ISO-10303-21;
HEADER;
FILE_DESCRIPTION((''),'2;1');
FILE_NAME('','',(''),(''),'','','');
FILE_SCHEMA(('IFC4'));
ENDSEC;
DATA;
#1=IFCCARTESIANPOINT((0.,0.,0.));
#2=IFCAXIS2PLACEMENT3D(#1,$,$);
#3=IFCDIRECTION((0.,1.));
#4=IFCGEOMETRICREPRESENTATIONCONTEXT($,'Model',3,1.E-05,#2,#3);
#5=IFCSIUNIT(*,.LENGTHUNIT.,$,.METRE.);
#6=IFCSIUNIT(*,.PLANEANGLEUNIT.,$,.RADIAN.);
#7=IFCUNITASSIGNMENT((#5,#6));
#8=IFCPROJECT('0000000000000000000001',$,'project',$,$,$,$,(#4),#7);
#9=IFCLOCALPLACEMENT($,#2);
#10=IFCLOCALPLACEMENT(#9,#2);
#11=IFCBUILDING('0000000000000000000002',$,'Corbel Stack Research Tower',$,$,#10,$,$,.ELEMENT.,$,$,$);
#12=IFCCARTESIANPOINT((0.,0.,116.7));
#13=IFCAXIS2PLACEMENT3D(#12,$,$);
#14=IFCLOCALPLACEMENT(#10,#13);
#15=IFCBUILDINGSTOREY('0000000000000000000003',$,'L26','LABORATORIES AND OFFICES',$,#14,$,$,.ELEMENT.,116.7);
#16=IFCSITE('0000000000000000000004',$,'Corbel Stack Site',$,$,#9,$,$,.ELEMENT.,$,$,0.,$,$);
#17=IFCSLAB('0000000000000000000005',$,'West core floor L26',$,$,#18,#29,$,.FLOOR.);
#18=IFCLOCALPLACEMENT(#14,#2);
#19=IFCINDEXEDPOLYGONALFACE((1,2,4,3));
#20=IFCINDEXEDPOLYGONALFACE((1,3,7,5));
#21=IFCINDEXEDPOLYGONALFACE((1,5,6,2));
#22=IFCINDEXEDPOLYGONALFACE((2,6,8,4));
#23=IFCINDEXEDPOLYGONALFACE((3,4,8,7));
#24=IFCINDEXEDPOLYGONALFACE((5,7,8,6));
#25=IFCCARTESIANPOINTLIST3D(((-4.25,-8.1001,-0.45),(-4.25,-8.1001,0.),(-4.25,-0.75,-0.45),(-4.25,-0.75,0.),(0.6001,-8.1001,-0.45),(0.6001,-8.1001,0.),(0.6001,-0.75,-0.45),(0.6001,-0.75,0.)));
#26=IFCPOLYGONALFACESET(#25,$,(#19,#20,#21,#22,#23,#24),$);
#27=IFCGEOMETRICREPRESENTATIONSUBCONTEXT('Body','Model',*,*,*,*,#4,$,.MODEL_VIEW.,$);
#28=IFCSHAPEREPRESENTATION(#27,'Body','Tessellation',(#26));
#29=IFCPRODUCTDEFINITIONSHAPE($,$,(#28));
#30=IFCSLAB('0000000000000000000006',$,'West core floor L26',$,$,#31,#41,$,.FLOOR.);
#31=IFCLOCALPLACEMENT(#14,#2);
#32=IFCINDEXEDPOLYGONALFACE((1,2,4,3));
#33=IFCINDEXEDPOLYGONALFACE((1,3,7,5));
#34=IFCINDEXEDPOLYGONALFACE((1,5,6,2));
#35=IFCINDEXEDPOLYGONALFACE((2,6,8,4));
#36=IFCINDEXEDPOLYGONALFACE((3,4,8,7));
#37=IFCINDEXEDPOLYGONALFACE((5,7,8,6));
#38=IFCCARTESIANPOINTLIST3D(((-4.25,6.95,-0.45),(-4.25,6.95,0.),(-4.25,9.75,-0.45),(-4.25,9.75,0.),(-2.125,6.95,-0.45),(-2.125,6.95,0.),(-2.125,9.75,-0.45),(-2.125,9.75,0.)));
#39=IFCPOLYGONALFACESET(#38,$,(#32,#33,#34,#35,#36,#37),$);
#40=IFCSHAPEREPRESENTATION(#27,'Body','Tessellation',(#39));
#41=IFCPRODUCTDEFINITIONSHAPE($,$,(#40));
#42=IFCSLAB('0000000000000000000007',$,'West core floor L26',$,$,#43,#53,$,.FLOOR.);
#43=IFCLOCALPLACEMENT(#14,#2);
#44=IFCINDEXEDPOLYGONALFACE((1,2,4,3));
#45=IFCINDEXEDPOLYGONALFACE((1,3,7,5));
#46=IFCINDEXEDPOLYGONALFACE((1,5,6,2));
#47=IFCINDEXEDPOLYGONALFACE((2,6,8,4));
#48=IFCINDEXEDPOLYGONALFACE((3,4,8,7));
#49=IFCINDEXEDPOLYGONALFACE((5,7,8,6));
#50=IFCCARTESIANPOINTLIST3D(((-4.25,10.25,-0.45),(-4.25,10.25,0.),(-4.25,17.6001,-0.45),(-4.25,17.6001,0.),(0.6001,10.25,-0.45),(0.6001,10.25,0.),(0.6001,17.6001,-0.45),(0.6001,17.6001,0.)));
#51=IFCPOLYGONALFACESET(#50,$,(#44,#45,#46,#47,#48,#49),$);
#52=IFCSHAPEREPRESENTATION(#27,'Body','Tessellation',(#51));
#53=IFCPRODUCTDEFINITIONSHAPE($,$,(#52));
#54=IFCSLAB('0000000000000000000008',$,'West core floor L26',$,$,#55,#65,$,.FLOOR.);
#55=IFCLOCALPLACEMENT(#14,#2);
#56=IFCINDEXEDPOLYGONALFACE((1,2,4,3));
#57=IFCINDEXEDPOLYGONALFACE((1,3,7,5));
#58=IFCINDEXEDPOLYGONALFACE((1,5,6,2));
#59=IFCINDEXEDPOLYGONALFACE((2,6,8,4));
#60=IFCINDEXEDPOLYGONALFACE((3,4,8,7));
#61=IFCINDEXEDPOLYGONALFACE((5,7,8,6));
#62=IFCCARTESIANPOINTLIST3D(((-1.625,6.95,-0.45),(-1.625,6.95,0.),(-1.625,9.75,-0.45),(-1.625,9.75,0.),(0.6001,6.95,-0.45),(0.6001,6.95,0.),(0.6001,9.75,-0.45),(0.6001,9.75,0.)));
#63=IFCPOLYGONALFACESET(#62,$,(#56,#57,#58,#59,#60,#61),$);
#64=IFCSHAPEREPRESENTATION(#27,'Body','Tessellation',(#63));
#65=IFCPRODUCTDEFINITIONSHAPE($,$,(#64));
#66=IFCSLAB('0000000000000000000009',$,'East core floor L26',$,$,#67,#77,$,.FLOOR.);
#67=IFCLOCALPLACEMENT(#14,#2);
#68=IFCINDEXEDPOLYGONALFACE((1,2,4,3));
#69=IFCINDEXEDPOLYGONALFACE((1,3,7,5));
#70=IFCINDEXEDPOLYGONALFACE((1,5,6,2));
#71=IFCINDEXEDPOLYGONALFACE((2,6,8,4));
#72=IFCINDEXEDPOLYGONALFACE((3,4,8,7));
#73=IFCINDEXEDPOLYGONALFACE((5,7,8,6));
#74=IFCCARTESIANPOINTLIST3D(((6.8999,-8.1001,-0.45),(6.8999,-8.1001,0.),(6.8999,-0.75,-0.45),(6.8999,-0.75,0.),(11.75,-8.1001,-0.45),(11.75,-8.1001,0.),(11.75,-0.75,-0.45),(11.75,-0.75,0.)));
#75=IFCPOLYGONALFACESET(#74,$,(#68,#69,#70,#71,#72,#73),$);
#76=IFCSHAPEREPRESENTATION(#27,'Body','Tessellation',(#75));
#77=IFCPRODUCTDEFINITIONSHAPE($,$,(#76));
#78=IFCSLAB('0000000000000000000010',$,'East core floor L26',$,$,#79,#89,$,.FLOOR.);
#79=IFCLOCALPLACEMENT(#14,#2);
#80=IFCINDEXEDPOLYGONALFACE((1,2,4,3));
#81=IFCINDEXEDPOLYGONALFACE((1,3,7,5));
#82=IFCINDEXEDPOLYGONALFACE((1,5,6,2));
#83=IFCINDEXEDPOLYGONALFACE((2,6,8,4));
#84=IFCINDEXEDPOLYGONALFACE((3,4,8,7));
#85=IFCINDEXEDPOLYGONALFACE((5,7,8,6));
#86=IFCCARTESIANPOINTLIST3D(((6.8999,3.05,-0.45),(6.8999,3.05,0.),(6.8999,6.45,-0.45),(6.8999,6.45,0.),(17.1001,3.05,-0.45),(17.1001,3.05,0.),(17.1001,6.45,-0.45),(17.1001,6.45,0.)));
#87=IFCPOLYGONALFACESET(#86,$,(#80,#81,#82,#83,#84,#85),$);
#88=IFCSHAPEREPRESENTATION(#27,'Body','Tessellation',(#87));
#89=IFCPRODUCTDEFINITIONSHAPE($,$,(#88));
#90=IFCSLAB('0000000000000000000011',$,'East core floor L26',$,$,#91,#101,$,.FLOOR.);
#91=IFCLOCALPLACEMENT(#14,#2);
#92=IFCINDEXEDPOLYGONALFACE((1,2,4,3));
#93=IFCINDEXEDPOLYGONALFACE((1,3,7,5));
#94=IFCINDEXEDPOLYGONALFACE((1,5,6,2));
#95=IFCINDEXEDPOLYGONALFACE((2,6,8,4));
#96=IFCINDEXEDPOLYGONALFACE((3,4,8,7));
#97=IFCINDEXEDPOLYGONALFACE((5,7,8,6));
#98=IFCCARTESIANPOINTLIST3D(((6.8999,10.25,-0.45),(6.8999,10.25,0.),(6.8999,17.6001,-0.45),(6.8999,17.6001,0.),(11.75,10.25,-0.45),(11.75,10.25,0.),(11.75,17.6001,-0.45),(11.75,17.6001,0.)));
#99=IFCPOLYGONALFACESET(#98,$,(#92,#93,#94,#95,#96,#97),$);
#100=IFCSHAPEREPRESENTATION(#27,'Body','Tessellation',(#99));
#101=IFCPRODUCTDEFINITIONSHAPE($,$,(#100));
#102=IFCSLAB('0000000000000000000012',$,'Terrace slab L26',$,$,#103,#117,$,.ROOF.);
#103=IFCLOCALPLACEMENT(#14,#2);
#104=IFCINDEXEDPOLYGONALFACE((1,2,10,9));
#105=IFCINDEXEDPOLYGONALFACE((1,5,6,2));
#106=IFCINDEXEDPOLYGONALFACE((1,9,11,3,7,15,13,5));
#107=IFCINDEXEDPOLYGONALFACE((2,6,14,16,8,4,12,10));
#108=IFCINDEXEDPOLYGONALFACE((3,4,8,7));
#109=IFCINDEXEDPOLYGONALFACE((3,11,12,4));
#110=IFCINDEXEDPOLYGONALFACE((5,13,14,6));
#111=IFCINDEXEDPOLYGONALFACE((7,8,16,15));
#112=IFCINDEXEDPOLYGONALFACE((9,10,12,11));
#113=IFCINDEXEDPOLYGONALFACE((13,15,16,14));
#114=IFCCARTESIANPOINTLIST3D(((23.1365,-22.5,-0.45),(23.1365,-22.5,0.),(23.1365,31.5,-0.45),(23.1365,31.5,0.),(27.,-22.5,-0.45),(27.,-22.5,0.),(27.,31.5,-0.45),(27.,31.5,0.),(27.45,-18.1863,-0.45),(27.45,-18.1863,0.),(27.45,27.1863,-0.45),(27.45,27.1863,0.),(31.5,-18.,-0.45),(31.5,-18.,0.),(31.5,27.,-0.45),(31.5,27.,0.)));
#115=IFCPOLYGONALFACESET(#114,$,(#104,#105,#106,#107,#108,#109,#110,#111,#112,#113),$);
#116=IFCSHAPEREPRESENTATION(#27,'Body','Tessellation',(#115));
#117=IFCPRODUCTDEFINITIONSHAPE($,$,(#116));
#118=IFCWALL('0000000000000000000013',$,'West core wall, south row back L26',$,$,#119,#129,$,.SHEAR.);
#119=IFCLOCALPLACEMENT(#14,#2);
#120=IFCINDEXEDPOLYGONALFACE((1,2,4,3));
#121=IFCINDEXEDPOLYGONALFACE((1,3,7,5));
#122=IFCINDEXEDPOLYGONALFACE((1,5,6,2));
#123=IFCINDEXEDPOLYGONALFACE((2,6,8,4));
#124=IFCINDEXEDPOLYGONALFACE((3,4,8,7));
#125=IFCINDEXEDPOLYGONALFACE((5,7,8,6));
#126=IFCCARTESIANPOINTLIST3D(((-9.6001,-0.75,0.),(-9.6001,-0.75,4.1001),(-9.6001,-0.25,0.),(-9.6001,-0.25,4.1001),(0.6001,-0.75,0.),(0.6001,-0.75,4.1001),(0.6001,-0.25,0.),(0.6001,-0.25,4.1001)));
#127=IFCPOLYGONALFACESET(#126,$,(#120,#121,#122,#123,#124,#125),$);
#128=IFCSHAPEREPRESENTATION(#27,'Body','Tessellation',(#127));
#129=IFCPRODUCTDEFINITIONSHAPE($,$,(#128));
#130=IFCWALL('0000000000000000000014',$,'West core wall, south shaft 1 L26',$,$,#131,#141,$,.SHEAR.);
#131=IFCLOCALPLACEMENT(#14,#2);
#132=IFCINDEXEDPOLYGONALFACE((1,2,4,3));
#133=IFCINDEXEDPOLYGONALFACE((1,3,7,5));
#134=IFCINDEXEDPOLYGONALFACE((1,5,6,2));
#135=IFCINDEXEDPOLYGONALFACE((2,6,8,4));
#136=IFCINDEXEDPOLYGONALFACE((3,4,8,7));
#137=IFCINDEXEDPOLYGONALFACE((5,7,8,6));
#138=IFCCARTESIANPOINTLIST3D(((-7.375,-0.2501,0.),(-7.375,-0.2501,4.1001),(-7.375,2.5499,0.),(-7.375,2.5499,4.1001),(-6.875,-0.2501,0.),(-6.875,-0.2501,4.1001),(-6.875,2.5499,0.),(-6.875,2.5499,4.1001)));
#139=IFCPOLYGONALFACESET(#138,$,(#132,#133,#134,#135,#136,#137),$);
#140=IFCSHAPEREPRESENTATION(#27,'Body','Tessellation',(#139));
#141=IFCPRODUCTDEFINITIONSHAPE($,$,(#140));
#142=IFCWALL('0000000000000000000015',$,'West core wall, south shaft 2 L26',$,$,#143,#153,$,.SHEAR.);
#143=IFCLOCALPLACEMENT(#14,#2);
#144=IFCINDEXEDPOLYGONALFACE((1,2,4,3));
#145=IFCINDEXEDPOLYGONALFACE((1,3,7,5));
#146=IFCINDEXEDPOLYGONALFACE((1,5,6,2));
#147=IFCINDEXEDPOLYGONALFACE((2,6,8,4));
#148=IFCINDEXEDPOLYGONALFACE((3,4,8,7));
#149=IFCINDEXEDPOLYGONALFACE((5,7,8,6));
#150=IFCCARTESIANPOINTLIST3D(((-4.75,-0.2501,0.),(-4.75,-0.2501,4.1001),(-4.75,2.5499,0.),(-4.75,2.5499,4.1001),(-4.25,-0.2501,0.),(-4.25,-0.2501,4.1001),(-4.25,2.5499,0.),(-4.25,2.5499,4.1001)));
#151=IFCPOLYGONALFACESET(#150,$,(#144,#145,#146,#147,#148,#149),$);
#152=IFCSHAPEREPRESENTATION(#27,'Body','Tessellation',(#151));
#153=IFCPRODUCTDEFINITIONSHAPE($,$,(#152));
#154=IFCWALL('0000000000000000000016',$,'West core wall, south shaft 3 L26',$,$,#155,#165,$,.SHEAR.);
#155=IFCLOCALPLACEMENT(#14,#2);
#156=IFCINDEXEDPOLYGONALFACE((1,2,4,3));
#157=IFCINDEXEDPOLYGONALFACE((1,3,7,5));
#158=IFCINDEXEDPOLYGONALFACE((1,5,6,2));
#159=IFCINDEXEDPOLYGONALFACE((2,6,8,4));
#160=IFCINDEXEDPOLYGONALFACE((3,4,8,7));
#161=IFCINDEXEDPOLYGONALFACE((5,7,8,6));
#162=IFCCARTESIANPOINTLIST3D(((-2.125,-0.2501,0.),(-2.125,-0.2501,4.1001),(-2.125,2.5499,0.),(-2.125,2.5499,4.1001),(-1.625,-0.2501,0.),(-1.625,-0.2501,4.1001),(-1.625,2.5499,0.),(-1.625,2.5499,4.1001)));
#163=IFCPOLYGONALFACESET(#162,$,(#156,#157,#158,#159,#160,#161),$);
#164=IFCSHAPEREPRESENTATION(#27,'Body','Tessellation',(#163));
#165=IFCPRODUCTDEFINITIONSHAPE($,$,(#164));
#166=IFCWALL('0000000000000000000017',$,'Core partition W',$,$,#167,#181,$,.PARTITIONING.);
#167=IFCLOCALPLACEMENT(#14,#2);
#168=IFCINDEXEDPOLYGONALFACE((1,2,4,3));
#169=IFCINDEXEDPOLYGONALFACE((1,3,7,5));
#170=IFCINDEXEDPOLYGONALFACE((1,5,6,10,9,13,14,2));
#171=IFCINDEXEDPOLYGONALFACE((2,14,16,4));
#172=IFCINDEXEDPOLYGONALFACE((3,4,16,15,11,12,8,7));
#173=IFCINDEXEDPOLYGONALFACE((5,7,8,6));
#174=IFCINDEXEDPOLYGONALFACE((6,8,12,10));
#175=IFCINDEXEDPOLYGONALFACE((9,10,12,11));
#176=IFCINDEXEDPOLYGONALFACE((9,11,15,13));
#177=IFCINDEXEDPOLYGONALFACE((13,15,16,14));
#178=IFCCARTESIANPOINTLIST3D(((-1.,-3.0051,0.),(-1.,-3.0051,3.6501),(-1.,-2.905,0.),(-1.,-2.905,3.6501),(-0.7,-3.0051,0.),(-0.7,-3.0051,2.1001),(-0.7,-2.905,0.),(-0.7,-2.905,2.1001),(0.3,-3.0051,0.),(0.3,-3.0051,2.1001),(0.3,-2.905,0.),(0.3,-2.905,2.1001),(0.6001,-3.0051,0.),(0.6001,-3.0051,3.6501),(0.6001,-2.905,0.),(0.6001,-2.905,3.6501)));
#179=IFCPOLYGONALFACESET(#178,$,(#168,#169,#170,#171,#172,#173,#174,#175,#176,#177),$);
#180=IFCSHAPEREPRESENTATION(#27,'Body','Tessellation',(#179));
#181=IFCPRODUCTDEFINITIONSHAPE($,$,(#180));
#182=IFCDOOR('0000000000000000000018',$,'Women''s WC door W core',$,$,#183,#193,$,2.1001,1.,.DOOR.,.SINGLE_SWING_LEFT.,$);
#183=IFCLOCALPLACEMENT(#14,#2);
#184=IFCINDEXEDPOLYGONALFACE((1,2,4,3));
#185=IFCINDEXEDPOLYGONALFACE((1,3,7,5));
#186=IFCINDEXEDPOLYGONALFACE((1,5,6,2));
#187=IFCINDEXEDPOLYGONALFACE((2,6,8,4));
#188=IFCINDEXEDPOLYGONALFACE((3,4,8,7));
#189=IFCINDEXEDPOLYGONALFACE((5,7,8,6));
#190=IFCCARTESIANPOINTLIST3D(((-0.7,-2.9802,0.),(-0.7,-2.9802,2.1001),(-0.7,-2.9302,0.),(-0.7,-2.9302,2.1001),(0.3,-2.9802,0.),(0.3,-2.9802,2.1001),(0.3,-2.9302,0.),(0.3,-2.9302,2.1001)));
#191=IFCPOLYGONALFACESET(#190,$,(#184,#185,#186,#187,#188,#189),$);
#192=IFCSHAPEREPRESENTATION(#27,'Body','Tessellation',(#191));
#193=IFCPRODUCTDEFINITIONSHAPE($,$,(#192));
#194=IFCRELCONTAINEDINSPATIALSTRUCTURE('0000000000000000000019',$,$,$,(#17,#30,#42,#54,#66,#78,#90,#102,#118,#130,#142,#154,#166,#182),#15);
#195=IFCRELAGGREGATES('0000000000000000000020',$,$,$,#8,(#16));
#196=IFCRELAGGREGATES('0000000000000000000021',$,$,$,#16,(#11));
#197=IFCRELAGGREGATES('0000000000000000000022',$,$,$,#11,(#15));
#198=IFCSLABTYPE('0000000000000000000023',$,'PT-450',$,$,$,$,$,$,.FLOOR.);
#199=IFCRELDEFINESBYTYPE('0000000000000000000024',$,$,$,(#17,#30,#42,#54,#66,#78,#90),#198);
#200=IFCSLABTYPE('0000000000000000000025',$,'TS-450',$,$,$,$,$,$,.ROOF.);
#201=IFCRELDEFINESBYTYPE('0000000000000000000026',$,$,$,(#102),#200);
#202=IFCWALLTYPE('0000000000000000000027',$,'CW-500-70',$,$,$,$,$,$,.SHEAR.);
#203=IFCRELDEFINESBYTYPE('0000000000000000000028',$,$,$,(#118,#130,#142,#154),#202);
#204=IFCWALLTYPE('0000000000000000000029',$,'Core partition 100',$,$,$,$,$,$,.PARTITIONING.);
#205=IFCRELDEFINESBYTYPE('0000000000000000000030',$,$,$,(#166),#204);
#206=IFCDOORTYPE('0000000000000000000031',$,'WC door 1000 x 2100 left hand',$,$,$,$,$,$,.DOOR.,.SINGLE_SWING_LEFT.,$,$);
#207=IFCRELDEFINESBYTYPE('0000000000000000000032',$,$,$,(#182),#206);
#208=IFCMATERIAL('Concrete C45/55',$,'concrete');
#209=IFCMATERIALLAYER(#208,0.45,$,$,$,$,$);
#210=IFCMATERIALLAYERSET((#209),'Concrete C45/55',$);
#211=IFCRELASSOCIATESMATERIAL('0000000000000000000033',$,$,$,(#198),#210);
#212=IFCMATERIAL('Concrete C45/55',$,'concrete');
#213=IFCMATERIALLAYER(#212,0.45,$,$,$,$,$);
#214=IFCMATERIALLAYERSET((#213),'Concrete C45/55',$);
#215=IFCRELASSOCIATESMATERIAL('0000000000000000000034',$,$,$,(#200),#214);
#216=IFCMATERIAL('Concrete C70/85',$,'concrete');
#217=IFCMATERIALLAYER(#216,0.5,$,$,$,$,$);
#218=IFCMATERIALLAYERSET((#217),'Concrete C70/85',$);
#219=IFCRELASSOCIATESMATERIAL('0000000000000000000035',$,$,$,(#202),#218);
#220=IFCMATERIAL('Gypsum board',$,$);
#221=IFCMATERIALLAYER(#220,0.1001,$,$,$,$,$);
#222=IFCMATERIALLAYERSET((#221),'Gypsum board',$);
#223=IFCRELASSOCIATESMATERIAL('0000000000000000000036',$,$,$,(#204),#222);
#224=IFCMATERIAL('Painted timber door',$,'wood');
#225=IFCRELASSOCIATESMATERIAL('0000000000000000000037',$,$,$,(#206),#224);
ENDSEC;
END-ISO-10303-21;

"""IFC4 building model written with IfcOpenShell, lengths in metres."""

from ifc_helpers import new_model, si_unit, direction, frame, frame_2d, origin, place, context, subcontext, project, spatial, polyline, rectangle, outline, extrude, material, layer, layer_set, type_object, element, fill, save


model = new_model("IFC4")

# Units and contexts
model_context = context("Model", 3, precision=1e-05, world=origin(), true_north=direction((0.0, 1.0)))
body_context = subcontext(model_context, "Body", "Model", "MODEL_VIEW")
ifc_project = project(units=[si_unit("LENGTHUNIT", "METRE"), si_unit("PLANEANGLEUNIT", "RADIAN")], contexts=[model_context])

# Site, building, storey
site_placement = place(None, origin())
site = spatial("IfcSite", under=ifc_project, at=site_placement, Name="Corbel Stack Site", CompositionType="ELEMENT", RefElevation=0.0)
building_placement = place(site_placement, origin())
building = spatial("IfcBuilding", under=site, at=building_placement, Name="Corbel Stack Research Tower", CompositionType="ELEMENT")
storey_placement = place(building_placement, frame((0.0, 0.0, 116.7)))
storey = spatial("IfcBuildingStorey", under=building, at=storey_placement, Name="L26", Description="LABORATORIES AND OFFICES", CompositionType="ELEMENT", Elevation=116.7)

# Slabs
ifc_material_1 = material(Name="Concrete C45/55", Category="concrete")
ifc_layer_1 = layer(ifc_material_1, 0.45)
ifc_layer_set_1 = layer_set([ifc_layer_1], Name="Concrete C45/55")
slab_type_1 = type_object("IfcSlabType", Name="PT-450", PredefinedType="FLOOR", material=ifc_layer_set_1)
slab_1_placement = place(storey_placement, frame((0.0, 0.0, -0.45)))
element("IfcSlab", 1, at=slab_1_placement, inside=storey, type_object=slab_type_1, Name="West core floor L26", PredefinedType="FLOOR", context=body_context, shape_type="SweptSolid", body=[
    extrude(outline(polyline([(0.6001, -8.1001), (0.6001, -0.75), (-4.25, -0.75), (-4.25, -8.1001), (0.6001, -8.1001)])), origin(), (0.0, 0.0, 1.0), 0.45),
])
slab_2_placement = place(storey_placement, frame((0.0, 0.0, -0.45)))
element("IfcSlab", 2, at=slab_2_placement, inside=storey, type_object=slab_type_1, Name="West core floor L26", PredefinedType="FLOOR", context=body_context, shape_type="SweptSolid", body=[
    extrude(outline(polyline([(-2.125, 6.95), (-2.125, 9.75), (-4.25, 9.75), (-4.25, 6.95), (-2.125, 6.95)])), origin(), (0.0, 0.0, 1.0), 0.45),
])
slab_3_placement = place(storey_placement, frame((0.0, 0.0, -0.45)))
element("IfcSlab", 3, at=slab_3_placement, inside=storey, type_object=slab_type_1, Name="West core floor L26", PredefinedType="FLOOR", context=body_context, shape_type="SweptSolid", body=[
    extrude(outline(polyline([(0.6001, 17.6001), (-4.25, 17.6001), (-4.25, 10.25), (0.6001, 10.25), (0.6001, 17.6001)])), origin(), (0.0, 0.0, 1.0), 0.45),
])
slab_4_placement = place(storey_placement, frame((0.0, 0.0, -0.45)))
element("IfcSlab", 4, at=slab_4_placement, inside=storey, type_object=slab_type_1, Name="West core floor L26", PredefinedType="FLOOR", context=body_context, shape_type="SweptSolid", body=[
    extrude(outline(polyline([(0.6001, 9.75), (-1.625, 9.75), (-1.625, 6.95), (0.6001, 6.95), (0.6001, 9.75)])), origin(), (0.0, 0.0, 1.0), 0.45),
])
slab_5_placement = place(storey_placement, frame((0.0, 0.0, -0.45)))
element("IfcSlab", 5, at=slab_5_placement, inside=storey, type_object=slab_type_1, Name="East core floor L26", PredefinedType="FLOOR", context=body_context, shape_type="SweptSolid", body=[
    extrude(outline(polyline([(11.75, -0.75), (6.8999, -0.75), (6.8999, -8.1001), (11.75, -8.1001), (11.75, -0.75)])), origin(), (0.0, 0.0, 1.0), 0.45),
])
slab_6_placement = place(storey_placement, frame((0.0, 0.0, -0.45)))
element("IfcSlab", 6, at=slab_6_placement, inside=storey, type_object=slab_type_1, Name="East core floor L26", PredefinedType="FLOOR", context=body_context, shape_type="SweptSolid", body=[
    extrude(outline(polyline([(6.8999, 6.45), (6.8999, 3.05), (17.1001, 3.05), (17.1001, 6.45), (6.8999, 6.45)])), origin(), (0.0, 0.0, 1.0), 0.45),
])
slab_7_placement = place(storey_placement, frame((0.0, 0.0, -0.45)))
element("IfcSlab", 7, at=slab_7_placement, inside=storey, type_object=slab_type_1, Name="East core floor L26", PredefinedType="FLOOR", context=body_context, shape_type="SweptSolid", body=[
    extrude(outline(polyline([(6.8999, 17.6001), (6.8999, 10.25), (11.75, 10.25), (11.75, 17.6001), (6.8999, 17.6001)])), origin(), (0.0, 0.0, 1.0), 0.45),
])
ifc_material_2 = material(Name="Concrete C45/55", Category="concrete")
ifc_layer_2 = layer(ifc_material_2, 0.45)
ifc_layer_set_2 = layer_set([ifc_layer_2], Name="Concrete C45/55")
slab_type_2 = type_object("IfcSlabType", Name="TS-450", PredefinedType="ROOF", material=ifc_layer_set_2)
slab_8_placement = place(storey_placement, frame((0.0, 0.0, -0.45)))
element("IfcSlab", 8, at=slab_8_placement, inside=storey, type_object=slab_type_2, Name="Terrace slab L26", PredefinedType="ROOF", context=body_context, shape_type="SweptSolid", body=[
    extrude(outline(polyline([(23.1365, 31.5), (27.45, 27.1863), (27.45, -18.1863), (23.1365, -22.5), (27.0, -22.5), (31.5, -18.0), (31.5, 27.0), (27.0, 31.5), (23.1365, 31.5)])), origin(), (0.0, 0.0, 1.0), 0.45),
])

# Walls
ifc_material_3 = material(Name="Concrete C70/85", Category="concrete")
ifc_layer_3 = layer(ifc_material_3, 0.5)
ifc_layer_set_3 = layer_set([ifc_layer_3], Name="Concrete C70/85")
wall_type_1 = type_object("IfcWallType", Name="CW-500-70", PredefinedType="SHEAR", material=ifc_layer_set_3)
wall_1_placement = place(storey_placement, frame((-9.6001, -0.5, 0.0), z_axis=(0.0, 0.0, 1.0), x_axis=(1.0, 0.0, 0.0)))
element("IfcWall", 9, at=wall_1_placement, inside=storey, type_object=wall_type_1, Name="West core wall, south row back L26", PredefinedType="SHEAR", context=body_context, shape_type="SweptSolid", body=[
    extrude(rectangle(XDim=10.2002, YDim=0.5, at=frame_2d((5.1001, 0.0))), origin(), (0.0, 0.0, 1.0), 4.1001),
])
for number, where, z_axis, x_axis, name in (
    (10, (-7.125, -0.25, 0.0), (0.0, 0.0, 1.0), (0.0, 1.0, 0.0), "West core wall, south shaft 1 L26"),
    (11, (-4.5, -0.25, 0.0), (0.0, 0.0, 1.0), (0.0, 1.0, 0.0), "West core wall, south shaft 2 L26"),
    (12, (-1.875, -0.25, 0.0), (0.0, 0.0, 1.0), (0.0, 1.0, 0.0), "West core wall, south shaft 3 L26"),
):
    element("IfcWall", number, at=place(storey_placement, frame(where, z_axis=z_axis, x_axis=x_axis)), inside=storey, type_object=wall_type_1, Name=name, PredefinedType="SHEAR", context=body_context, shape_type="SweptSolid", body=[
        extrude(rectangle(XDim=2.8, YDim=0.5, at=frame_2d((1.3999, 0.0))), origin(), (0.0, 0.0, 1.0), 4.1001),
    ])

# Wall, opening, door
ifc_material_4 = material(Name="Gypsum board")
ifc_layer_4 = layer(ifc_material_4, 0.1001)
ifc_layer_set_4 = layer_set([ifc_layer_4], Name="Gypsum board")
wall_type_2 = type_object("IfcWallType", Name="Core partition 100", PredefinedType="PARTITIONING", material=ifc_layer_set_4)
wall_2_placement = place(storey_placement, frame((-1.0, -2.9551, 0.0), z_axis=(0.0, 0.0, 1.0), x_axis=(1.0, 0.0, 0.0)))
wall_2 = element("IfcWall", 13, at=wall_2_placement, inside=storey, type_object=wall_type_2, Name="Core partition W", PredefinedType="PARTITIONING", context=body_context, shape_type="SweptSolid", body=[
    extrude(rectangle(XDim=1.6001, YDim=0.1001, at=frame_2d((0.8, 0.0))), origin(), (0.0, 0.0, 1.0), 3.6501),
])
opening_placement = place(wall_2_placement, frame((0.3, 0.0, 0.0)))
opening = element("IfcOpeningElement", 14, at=opening_placement, cuts=wall_2, PredefinedType="OPENING", context=body_context, shape_type="SweptSolid", body=[
    extrude(rectangle(XDim=1.0, YDim=2.1001, at=frame_2d((0.5, 1.05))), frame((0.0, 0.0601, 0.0), z_axis=(0.0, -1.0, 0.0), x_axis=(1.0, 0.0, 0.0)), (0.0, 0.0, 1.0), 0.1201),
])
ifc_material_5 = material(Name="Painted timber door", Category="wood")
door_type = type_object("IfcDoorType", Name="WC door 1000 x 2100 left hand", OperationType="SINGLE_SWING_LEFT", PredefinedType="DOOR", material=ifc_material_5)
door_placement = place(opening_placement, origin())
door = element("IfcDoor", 15, at=door_placement, inside=storey, type_object=door_type, Name="Women's WC door W core", OperationType="SINGLE_SWING_LEFT", OverallHeight=2.1001, OverallWidth=1.0, PredefinedType="DOOR", context=body_context, shape_type="SweptSolid", body=[
    extrude(rectangle(XDim=1.0, YDim=2.1001, at=frame_2d((0.5, 1.05))), frame((0.0, 0.0249, 0.0), z_axis=(0.0, -1.0, 0.0), x_axis=(1.0, 0.0, 0.0)), (0.0, 0.0, 1.0), 0.05),
])
fill(opening, door)

save(model, "model.ifc")
